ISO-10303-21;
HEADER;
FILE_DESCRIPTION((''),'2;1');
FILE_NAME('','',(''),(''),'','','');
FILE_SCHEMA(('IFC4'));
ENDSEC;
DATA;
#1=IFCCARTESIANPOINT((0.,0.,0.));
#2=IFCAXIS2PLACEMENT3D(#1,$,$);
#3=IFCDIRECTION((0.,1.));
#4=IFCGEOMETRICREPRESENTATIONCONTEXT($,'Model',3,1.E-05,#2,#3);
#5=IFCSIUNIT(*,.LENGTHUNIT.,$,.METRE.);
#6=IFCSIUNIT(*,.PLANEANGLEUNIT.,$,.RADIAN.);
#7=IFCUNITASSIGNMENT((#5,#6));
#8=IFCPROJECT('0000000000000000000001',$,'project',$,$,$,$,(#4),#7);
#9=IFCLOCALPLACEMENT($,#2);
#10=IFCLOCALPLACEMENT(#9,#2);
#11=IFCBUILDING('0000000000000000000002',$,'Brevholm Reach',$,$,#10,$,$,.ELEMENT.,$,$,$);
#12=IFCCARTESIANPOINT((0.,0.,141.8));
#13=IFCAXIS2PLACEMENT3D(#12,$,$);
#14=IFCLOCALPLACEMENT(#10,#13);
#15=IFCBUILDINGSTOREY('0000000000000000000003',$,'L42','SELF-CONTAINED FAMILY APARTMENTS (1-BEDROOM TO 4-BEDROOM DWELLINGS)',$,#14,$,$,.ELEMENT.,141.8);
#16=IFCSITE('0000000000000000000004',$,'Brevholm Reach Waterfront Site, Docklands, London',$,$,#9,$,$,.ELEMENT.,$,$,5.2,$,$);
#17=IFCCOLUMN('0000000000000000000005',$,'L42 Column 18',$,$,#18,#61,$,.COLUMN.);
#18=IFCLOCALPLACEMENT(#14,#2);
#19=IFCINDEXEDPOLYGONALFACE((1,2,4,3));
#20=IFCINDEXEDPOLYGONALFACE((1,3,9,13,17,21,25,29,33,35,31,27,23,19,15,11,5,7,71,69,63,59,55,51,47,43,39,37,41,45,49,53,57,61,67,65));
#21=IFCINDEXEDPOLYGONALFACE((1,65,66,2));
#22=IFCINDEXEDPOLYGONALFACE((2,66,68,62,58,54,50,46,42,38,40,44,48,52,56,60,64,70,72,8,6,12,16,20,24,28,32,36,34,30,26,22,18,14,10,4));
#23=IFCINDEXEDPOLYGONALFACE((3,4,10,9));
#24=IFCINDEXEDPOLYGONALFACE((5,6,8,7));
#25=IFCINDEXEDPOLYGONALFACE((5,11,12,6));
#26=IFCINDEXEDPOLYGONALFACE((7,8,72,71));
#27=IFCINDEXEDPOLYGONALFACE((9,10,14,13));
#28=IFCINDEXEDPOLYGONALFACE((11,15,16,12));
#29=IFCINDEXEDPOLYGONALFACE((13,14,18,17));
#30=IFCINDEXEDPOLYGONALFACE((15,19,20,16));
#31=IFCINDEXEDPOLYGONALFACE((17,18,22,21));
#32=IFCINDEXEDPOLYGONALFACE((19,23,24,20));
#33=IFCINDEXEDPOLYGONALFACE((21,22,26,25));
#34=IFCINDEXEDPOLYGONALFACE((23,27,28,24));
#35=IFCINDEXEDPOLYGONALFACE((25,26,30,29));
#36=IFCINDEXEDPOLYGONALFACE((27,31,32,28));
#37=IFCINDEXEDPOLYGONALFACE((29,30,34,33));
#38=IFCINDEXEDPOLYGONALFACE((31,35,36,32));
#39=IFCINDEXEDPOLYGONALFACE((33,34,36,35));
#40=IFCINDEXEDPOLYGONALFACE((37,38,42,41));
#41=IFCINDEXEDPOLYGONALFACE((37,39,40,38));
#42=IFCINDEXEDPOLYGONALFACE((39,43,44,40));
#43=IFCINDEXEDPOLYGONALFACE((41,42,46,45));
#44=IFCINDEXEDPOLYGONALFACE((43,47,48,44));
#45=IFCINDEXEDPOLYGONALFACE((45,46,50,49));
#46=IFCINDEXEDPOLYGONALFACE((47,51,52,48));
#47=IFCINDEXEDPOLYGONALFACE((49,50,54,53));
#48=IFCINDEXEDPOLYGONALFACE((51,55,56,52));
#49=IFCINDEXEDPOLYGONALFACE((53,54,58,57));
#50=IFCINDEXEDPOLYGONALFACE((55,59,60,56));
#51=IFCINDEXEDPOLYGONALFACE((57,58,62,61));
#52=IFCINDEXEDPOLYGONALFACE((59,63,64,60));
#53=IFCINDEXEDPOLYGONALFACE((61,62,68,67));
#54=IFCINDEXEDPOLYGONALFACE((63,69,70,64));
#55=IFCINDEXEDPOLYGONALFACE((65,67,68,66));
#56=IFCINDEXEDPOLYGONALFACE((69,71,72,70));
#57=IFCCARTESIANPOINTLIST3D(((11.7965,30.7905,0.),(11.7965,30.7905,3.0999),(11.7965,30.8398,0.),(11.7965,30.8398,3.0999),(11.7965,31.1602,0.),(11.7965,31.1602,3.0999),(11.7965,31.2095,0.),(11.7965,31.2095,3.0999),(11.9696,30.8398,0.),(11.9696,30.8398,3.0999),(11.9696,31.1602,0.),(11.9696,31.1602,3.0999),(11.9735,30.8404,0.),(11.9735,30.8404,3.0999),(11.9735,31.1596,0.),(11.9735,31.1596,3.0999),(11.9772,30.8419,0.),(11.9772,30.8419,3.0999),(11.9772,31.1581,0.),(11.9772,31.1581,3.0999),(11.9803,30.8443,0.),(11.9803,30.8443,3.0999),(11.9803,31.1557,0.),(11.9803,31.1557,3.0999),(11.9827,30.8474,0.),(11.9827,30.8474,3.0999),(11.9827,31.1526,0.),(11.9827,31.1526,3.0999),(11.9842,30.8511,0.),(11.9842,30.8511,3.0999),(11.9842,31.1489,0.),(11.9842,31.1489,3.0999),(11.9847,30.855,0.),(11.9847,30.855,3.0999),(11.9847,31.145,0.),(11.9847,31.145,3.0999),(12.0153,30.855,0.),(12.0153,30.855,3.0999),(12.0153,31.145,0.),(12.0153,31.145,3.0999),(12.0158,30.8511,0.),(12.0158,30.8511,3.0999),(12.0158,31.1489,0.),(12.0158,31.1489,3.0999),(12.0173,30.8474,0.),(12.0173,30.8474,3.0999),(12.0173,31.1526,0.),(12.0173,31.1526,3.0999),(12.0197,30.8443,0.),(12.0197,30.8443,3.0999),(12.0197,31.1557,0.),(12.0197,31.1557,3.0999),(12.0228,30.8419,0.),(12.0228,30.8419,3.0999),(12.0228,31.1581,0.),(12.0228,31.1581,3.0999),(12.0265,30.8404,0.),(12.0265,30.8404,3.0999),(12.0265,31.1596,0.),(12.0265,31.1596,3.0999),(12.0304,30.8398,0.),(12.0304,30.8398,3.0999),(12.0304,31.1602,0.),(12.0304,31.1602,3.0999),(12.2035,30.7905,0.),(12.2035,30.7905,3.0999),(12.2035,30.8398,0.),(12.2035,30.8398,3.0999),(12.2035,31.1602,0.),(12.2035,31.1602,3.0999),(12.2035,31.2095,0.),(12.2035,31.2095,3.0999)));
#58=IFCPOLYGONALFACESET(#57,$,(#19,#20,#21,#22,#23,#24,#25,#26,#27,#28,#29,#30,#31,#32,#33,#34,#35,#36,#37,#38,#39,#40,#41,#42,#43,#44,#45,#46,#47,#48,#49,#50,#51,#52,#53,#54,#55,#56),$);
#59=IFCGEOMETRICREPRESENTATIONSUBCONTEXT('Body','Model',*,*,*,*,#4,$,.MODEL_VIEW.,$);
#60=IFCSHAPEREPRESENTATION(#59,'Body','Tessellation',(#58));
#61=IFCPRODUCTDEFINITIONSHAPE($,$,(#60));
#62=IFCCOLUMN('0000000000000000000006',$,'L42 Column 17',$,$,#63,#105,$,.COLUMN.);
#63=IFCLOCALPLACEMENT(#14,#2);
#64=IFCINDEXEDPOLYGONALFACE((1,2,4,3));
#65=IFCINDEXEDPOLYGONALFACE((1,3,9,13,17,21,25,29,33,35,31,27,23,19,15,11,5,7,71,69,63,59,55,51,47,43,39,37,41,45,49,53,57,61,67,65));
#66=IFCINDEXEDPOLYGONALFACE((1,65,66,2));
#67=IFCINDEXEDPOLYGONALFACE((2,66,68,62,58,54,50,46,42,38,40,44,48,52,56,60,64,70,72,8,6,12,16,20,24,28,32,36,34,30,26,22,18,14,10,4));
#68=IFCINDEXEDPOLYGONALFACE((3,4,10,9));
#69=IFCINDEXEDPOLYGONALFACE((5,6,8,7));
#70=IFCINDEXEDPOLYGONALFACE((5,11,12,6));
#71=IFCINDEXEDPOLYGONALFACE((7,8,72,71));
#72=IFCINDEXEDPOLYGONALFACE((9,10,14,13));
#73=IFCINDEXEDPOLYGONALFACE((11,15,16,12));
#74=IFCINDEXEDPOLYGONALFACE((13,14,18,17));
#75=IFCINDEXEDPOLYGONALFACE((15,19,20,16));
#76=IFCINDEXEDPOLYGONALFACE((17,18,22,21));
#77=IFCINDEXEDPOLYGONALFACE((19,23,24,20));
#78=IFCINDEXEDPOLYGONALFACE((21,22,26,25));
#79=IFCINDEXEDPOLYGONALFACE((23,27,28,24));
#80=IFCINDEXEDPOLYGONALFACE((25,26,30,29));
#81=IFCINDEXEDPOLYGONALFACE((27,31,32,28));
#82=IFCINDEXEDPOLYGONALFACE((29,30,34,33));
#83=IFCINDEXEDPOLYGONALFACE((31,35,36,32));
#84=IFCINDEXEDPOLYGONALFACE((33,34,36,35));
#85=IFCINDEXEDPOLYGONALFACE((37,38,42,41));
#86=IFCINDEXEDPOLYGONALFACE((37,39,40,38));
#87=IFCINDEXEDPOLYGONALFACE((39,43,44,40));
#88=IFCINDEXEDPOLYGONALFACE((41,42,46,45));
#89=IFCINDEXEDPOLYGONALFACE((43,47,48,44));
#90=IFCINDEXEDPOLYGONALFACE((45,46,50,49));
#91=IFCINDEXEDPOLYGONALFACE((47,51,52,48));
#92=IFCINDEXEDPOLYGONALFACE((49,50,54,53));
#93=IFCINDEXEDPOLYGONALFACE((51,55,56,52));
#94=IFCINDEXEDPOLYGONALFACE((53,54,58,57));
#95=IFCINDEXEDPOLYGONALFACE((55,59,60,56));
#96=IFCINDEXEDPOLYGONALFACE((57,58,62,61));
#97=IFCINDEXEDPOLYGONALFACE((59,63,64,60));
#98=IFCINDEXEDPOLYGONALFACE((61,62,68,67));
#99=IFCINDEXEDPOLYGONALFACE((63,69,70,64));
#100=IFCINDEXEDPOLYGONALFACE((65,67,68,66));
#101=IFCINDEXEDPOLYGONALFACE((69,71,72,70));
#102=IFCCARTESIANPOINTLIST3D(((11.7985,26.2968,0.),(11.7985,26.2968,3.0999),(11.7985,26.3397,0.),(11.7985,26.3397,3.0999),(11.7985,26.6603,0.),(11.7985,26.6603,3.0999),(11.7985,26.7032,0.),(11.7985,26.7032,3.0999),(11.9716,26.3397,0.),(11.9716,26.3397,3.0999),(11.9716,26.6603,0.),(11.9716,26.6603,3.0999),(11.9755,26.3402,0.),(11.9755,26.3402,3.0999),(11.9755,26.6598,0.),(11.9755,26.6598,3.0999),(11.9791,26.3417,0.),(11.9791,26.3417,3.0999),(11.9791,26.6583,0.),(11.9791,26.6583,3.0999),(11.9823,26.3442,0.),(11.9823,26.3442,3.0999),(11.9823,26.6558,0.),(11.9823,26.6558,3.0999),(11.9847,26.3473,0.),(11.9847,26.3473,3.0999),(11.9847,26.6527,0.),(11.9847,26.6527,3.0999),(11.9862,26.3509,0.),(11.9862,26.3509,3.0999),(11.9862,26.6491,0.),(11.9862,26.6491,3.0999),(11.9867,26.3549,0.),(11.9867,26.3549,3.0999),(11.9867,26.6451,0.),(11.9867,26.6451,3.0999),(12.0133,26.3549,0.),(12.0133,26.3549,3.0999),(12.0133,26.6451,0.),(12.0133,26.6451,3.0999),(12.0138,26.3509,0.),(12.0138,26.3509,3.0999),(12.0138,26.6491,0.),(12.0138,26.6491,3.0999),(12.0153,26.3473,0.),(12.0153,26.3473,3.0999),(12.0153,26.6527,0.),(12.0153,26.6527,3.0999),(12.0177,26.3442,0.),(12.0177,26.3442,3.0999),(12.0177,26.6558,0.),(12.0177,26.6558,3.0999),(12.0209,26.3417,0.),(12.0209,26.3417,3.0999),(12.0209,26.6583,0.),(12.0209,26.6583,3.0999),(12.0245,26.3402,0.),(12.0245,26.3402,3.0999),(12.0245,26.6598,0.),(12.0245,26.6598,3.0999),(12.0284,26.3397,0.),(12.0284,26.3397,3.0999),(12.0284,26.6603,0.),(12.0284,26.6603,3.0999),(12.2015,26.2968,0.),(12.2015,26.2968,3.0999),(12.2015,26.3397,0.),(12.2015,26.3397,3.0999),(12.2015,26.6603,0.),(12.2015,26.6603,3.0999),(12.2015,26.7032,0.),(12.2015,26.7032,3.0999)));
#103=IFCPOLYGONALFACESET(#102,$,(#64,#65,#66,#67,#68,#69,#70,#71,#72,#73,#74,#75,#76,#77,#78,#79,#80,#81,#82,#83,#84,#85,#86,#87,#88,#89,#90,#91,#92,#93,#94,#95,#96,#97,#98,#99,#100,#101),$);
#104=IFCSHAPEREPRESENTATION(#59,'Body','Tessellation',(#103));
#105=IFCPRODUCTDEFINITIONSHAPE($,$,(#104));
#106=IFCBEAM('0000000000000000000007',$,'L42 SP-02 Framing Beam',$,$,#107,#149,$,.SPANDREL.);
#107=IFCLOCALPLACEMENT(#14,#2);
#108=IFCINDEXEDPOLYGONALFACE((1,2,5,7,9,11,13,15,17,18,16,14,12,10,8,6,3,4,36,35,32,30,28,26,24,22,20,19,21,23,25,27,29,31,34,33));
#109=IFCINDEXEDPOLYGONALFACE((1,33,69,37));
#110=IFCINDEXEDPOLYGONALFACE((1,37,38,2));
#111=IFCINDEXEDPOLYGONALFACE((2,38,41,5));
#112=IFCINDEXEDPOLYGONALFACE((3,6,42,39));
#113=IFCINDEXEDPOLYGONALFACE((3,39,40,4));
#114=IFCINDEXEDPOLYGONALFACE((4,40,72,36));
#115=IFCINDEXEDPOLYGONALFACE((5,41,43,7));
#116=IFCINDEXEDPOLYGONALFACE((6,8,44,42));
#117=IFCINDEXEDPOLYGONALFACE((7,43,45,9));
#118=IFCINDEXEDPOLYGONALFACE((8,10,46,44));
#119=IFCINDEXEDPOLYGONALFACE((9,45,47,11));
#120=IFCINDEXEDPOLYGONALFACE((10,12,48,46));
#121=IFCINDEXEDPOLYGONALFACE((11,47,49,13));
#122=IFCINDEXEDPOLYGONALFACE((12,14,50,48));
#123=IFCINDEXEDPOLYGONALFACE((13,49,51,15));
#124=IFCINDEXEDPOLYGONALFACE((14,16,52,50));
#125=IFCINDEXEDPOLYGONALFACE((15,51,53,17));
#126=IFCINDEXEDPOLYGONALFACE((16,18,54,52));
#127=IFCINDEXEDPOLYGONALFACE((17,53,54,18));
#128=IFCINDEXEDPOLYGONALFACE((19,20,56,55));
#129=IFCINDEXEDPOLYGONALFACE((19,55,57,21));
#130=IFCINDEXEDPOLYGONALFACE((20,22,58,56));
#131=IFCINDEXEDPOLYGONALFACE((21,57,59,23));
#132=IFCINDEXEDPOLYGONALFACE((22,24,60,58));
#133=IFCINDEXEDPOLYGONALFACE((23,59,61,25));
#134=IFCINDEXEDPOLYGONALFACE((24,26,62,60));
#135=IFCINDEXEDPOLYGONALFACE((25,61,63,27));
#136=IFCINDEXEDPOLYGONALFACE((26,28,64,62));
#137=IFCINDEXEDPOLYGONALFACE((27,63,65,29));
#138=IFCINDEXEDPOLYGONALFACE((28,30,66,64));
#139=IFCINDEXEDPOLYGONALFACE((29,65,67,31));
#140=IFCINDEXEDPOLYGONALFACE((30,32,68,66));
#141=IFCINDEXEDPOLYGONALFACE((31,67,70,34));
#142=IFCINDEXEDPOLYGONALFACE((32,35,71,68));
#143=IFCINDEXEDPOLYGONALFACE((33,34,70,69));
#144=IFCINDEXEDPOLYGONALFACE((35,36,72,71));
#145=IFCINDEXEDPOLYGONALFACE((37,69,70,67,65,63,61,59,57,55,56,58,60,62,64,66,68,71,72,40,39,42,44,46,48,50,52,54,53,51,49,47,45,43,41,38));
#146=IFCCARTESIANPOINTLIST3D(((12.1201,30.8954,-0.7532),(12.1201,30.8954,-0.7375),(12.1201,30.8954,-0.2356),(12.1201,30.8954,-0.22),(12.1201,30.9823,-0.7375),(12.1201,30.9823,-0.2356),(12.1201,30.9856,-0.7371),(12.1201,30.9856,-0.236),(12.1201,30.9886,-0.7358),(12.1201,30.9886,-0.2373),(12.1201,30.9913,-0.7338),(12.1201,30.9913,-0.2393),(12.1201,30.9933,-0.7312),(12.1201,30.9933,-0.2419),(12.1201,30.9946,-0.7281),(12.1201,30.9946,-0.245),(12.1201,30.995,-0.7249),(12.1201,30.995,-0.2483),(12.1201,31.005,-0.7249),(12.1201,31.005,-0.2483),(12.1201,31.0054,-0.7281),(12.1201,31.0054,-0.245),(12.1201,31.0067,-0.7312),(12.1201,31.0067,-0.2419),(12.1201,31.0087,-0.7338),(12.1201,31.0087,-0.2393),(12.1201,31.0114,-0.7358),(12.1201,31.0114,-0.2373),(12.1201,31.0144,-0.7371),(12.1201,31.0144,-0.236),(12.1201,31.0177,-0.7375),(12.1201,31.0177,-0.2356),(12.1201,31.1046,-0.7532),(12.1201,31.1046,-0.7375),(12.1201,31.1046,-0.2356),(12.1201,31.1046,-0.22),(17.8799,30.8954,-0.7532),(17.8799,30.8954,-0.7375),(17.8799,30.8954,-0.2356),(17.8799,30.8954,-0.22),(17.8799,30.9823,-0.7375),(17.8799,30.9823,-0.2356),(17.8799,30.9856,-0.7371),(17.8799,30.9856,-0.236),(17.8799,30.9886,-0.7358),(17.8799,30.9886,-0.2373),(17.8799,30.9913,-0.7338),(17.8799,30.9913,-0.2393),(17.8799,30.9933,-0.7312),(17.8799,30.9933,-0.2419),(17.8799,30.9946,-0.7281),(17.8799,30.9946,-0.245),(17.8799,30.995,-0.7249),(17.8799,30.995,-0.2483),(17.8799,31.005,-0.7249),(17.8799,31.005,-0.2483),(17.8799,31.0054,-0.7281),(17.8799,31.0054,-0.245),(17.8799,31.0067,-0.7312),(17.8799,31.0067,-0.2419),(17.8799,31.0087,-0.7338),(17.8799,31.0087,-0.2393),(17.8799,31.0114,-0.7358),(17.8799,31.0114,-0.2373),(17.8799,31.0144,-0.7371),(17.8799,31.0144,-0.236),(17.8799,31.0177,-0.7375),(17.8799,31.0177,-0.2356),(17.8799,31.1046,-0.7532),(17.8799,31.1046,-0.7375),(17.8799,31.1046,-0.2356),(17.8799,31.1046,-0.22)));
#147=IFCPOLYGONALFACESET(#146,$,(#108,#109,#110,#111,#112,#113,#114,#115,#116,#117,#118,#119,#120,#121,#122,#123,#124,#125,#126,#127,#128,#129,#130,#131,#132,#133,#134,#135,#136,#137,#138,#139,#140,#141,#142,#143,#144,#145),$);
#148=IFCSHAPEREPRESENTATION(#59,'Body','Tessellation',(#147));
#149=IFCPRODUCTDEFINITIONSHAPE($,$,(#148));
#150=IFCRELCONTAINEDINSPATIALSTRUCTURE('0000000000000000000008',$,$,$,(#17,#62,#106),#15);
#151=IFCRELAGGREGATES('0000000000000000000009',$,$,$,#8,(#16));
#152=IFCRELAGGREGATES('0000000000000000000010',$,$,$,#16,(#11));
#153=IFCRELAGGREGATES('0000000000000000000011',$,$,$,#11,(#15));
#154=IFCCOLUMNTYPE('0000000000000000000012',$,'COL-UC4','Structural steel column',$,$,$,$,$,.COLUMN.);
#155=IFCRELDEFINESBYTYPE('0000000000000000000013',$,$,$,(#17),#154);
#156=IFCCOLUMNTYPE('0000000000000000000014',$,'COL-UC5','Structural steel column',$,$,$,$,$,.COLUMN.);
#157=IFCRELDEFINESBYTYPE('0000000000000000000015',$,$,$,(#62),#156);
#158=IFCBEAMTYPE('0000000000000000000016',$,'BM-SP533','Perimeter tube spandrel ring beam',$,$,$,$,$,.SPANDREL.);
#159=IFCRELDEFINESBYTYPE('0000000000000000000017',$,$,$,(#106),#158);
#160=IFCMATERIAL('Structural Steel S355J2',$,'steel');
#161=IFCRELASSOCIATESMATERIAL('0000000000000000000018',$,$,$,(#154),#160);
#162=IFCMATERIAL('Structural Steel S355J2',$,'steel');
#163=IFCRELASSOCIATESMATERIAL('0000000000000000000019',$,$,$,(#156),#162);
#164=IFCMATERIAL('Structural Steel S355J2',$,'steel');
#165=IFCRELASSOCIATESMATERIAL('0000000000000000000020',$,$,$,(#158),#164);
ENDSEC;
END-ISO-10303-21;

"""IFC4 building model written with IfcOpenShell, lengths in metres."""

from ifc_helpers import new_model, si_unit, direction, frame, origin, origin_2d, place, context, subcontext, project, spatial, i_section, extrude, material, material_profile, profile_set, type_object, element, save


model = new_model("IFC4")

# Units and contexts
model_context = context("Model", 3, precision=1e-05, world=origin(), true_north=direction((0.0, 1.0)))
body_context = subcontext(model_context, "Body", "Model", "MODEL_VIEW")
ifc_project = project(units=[si_unit("LENGTHUNIT", "METRE"), si_unit("PLANEANGLEUNIT", "RADIAN")], contexts=[model_context])

# Site, building, storey
site_placement = place(None, origin())
site = spatial("IfcSite", under=ifc_project, at=site_placement, Name="Brevholm Reach Waterfront Site, Docklands, London", CompositionType="ELEMENT", RefElevation=5.2)
building_placement = place(site_placement, origin())
building = spatial("IfcBuilding", under=site, at=building_placement, Name="Brevholm Reach", CompositionType="ELEMENT")
storey_placement = place(building_placement, frame((0.0, 0.0, 141.8)))
storey = spatial("IfcBuildingStorey", under=building, at=storey_placement, Name="L42", Description="SELF-CONTAINED FAMILY APARTMENTS (1-BEDROOM TO 4-BEDROOM DWELLINGS)", CompositionType="ELEMENT", Elevation=141.8)

# Columns
ifc_material_1 = material(Name="Structural Steel S355J2", Category="steel")
ifc_material_profile_1 = material_profile(ifc_material_1, i_section(OverallWidth=0.407, OverallDepth=0.4189, WebThickness=0.0305, FlangeThickness=0.0493, FilletRadius=0.0151, at=origin_2d()), Name="UKC 356x406x393")
ifc_profile_set_1 = profile_set([ifc_material_profile_1], Name="Structural Steel S355J2")
column_type_1 = type_object("IfcColumnType", Name="COL-UC4", Description="Structural steel column", PredefinedType="COLUMN", material=ifc_profile_set_1)
column_1_placement = place(storey_placement, frame((12.0, 31.0, 0.0), z_axis=(0.0, 0.0, 1.0), x_axis=(1.0, 0.0, 0.0)))
element("IfcColumn", 1, at=column_1_placement, inside=storey, type_object=column_type_1, Name="L42 Column 18", PredefinedType="COLUMN", context=body_context, shape_type="SweptSolid", body=[
    extrude(i_section(OverallWidth=0.407, OverallDepth=0.4189, WebThickness=0.0305, FlangeThickness=0.0493, FilletRadius=0.0151, at=origin_2d()), origin(), (0.0, 0.0, 1.0), 3.0999),
])
ifc_material_2 = material(Name="Structural Steel S355J2", Category="steel")
ifc_material_profile_2 = material_profile(ifc_material_2, i_section(OverallWidth=0.4031, OverallDepth=0.4065, WebThickness=0.0266, FlangeThickness=0.043, FilletRadius=0.0151, at=origin_2d()), Name="UKC 356x406x340")
ifc_profile_set_2 = profile_set([ifc_material_profile_2], Name="Structural Steel S355J2")
column_type_2 = type_object("IfcColumnType", Name="COL-UC5", Description="Structural steel column", PredefinedType="COLUMN", material=ifc_profile_set_2)
column_2_placement = place(storey_placement, frame((12.0, 26.5, 0.0), z_axis=(0.0, 0.0, 1.0), x_axis=(1.0, 0.0, 0.0)))
element("IfcColumn", 2, at=column_2_placement, inside=storey, type_object=column_type_2, Name="L42 Column 17", PredefinedType="COLUMN", context=body_context, shape_type="SweptSolid", body=[
    extrude(i_section(OverallWidth=0.4031, OverallDepth=0.4065, WebThickness=0.0266, FlangeThickness=0.043, FilletRadius=0.0151, at=origin_2d()), origin(), (0.0, 0.0, 1.0), 3.0999),
])

# Beam
ifc_material_3 = material(Name="Structural Steel S355J2", Category="steel")
ifc_material_profile_3 = material_profile(ifc_material_3, i_section(OverallWidth=0.2092, OverallDepth=0.5332, WebThickness=0.01, FlangeThickness=0.0156, FilletRadius=0.0127, at=origin_2d()), Name="UKB 533x210x92")
ifc_profile_set_3 = profile_set([ifc_material_profile_3], Name="Structural Steel S355J2")
beam_type_1 = type_object("IfcBeamType", Name="BM-SP533", Description="Perimeter tube spandrel ring beam", PredefinedType="SPANDREL", material=ifc_profile_set_3)
beam_1_placement = place(storey_placement, frame((12.1201, 31.0, -0.4866), z_axis=(1.0, 0.0, 0.0), x_axis=(0.0, 1.0, 0.0)))
element("IfcBeam", 3, at=beam_1_placement, inside=storey, type_object=beam_type_1, Name="L42 SP-02 Framing Beam", PredefinedType="SPANDREL", context=body_context, shape_type="SweptSolid", body=[
    extrude(i_section(OverallWidth=0.2092, OverallDepth=0.5332, WebThickness=0.01, FlangeThickness=0.0156, FilletRadius=0.0127, at=origin_2d()), origin(), (0.0, 0.0, 1.0), 5.7598),
])

save(model, "model.ifc")
